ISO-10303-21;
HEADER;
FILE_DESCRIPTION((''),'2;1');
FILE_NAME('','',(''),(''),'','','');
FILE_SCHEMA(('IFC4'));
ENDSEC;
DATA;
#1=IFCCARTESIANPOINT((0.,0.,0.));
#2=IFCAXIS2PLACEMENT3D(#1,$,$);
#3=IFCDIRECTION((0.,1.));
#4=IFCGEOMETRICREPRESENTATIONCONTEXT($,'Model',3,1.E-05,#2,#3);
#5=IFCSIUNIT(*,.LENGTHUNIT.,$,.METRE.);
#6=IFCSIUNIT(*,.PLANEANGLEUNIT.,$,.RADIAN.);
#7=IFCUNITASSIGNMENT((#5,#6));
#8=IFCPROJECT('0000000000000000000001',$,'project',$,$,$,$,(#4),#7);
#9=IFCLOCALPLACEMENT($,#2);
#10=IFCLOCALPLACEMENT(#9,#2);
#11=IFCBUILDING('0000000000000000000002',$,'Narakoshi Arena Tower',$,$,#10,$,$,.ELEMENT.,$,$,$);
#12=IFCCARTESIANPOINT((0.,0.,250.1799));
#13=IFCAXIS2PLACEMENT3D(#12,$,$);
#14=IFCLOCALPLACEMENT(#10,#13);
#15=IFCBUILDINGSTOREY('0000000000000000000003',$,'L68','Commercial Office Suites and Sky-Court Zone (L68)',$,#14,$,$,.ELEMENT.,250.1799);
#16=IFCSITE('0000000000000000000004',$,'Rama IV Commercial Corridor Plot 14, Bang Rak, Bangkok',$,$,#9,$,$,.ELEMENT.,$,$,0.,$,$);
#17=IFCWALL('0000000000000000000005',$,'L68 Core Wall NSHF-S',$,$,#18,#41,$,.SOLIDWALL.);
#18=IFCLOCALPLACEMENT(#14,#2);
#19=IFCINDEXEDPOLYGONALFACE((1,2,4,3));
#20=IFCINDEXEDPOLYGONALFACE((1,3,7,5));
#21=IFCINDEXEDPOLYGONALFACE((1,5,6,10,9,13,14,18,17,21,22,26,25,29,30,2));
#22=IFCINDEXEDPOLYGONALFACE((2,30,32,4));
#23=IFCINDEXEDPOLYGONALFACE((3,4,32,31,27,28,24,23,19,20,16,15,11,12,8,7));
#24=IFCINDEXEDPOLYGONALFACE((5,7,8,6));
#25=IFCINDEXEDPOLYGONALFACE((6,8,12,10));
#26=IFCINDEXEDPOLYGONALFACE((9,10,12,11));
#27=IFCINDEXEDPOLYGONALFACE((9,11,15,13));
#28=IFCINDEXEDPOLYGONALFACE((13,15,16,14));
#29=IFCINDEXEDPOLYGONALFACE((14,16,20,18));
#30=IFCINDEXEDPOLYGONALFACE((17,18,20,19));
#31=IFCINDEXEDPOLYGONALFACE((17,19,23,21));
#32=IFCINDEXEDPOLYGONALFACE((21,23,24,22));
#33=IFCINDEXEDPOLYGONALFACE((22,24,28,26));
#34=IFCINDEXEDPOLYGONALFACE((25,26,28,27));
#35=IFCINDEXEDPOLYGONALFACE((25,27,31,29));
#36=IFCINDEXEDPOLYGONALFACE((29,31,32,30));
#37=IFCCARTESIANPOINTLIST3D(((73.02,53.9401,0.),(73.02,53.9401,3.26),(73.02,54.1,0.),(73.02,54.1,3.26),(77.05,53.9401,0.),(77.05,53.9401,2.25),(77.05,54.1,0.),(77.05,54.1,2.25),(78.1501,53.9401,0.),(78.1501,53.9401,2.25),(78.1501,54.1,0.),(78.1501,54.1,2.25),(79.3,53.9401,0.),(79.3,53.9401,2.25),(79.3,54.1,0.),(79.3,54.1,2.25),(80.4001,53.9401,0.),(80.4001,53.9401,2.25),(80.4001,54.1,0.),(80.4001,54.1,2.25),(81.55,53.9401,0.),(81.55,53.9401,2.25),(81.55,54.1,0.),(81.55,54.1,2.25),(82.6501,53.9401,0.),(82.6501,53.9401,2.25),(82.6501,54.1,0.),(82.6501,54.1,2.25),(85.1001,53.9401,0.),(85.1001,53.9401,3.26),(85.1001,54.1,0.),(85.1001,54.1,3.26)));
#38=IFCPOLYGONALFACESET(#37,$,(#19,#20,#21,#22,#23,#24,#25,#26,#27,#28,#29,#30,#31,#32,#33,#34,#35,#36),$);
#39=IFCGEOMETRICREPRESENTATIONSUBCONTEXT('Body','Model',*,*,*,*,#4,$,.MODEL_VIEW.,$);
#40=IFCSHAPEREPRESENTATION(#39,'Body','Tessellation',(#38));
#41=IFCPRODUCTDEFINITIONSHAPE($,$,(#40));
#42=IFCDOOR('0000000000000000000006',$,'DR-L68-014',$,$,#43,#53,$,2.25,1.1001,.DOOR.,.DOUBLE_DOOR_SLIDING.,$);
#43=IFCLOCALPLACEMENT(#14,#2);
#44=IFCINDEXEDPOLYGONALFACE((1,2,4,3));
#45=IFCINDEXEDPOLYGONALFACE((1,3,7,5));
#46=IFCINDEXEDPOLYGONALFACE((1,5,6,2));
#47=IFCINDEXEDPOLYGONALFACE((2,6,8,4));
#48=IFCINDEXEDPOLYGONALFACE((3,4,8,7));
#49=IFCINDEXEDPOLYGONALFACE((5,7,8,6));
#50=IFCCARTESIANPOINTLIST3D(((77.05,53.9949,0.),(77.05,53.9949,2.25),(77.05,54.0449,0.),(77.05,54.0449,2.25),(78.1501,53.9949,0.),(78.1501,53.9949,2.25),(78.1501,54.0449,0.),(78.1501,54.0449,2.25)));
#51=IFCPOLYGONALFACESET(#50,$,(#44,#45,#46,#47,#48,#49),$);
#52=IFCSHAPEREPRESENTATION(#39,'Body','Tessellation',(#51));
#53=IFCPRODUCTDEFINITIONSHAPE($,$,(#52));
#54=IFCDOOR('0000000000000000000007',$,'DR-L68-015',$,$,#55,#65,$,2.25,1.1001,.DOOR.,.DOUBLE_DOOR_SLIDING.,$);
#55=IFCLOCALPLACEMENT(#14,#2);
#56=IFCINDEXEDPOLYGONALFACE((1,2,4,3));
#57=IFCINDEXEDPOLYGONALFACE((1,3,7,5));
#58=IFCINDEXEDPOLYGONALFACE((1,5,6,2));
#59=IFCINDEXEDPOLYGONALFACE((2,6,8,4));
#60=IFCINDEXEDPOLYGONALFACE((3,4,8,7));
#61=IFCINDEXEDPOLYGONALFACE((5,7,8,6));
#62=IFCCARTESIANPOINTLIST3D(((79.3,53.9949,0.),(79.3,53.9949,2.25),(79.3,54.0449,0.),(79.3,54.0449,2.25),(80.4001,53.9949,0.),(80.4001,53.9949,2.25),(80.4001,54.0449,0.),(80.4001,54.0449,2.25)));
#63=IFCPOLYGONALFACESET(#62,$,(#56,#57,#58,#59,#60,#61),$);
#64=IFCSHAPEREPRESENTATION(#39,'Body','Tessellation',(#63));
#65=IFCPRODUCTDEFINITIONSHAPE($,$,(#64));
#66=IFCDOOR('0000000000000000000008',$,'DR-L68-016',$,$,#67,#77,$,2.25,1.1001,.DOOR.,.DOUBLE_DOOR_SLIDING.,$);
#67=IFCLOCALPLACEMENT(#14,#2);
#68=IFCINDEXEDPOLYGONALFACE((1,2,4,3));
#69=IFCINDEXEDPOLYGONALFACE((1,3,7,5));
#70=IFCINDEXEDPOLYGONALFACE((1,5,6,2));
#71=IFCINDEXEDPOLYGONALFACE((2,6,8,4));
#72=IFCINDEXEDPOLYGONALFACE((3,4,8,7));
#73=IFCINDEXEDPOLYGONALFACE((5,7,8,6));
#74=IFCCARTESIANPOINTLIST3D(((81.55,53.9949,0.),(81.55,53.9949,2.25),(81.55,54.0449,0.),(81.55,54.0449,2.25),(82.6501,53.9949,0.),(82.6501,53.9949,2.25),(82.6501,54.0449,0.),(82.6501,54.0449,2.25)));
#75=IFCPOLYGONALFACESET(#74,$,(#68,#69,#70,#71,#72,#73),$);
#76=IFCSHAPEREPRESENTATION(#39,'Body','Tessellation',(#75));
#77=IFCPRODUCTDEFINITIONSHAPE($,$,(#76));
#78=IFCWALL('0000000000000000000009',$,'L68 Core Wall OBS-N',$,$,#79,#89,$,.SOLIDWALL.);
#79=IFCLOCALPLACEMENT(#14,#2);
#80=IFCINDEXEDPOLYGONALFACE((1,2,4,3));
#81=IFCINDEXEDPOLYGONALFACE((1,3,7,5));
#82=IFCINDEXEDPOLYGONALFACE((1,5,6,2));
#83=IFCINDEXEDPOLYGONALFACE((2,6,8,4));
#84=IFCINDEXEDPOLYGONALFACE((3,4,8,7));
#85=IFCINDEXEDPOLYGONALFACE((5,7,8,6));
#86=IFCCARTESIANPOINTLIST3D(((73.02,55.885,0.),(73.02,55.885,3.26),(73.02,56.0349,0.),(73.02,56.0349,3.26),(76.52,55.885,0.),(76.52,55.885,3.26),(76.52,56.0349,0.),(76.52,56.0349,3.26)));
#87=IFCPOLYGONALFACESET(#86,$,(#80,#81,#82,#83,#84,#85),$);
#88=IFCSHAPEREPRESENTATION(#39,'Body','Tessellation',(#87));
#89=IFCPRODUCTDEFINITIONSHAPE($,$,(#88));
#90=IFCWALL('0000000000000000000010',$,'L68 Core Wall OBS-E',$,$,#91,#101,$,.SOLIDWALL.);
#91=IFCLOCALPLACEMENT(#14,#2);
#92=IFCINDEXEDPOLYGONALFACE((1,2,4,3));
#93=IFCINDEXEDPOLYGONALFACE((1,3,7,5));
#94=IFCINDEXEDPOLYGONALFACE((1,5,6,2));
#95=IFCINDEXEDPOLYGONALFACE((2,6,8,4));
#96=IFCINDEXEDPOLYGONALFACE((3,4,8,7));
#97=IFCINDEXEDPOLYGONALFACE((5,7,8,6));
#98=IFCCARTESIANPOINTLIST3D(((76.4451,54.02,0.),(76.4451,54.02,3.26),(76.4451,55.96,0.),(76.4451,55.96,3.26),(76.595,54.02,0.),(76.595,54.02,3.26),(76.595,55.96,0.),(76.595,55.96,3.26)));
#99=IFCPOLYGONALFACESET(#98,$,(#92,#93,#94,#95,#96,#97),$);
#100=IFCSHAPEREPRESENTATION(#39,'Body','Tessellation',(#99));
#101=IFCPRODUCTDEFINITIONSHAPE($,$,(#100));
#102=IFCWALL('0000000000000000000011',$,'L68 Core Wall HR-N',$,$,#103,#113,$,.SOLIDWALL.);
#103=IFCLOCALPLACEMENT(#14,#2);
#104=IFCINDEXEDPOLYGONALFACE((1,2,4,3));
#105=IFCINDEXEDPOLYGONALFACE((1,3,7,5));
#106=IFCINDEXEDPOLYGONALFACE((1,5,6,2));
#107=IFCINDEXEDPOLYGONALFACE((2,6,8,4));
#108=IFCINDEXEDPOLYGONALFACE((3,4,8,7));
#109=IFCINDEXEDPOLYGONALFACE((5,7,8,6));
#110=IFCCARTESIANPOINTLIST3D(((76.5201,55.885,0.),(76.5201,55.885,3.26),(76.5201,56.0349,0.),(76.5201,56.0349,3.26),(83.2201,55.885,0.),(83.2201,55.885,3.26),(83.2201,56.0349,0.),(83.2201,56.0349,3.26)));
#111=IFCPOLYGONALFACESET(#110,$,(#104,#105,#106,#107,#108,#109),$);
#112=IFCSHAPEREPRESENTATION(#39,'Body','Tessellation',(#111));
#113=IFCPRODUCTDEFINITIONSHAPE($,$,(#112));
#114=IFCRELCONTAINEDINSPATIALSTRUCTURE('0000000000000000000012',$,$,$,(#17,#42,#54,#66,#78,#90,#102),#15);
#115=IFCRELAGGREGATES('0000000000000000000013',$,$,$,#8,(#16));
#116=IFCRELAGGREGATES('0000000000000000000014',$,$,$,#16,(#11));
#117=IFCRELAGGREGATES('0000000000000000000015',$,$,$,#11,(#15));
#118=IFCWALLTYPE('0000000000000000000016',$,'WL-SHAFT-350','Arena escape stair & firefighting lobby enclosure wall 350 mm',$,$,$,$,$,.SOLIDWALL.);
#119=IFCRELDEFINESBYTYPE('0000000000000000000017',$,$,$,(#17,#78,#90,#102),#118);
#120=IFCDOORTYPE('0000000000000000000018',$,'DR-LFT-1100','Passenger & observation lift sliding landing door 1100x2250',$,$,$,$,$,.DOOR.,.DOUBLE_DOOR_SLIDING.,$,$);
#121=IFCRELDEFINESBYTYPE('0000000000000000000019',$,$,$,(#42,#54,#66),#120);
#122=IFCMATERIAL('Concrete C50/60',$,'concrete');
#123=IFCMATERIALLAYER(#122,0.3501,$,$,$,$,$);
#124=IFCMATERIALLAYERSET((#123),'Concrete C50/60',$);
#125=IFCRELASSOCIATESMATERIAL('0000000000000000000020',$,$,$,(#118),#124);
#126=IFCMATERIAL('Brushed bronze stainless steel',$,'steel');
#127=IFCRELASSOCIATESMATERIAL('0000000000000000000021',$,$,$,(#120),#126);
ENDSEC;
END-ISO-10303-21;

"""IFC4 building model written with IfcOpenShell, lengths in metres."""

from ifc_helpers import new_model, si_unit, direction, frame, frame_2d, origin, place, context, subcontext, project, spatial, rectangle, extrude, material, layer, layer_set, type_object, element, fill, save


model = new_model("IFC4")

# Units and contexts
model_context = context("Model", 3, precision=1e-05, world=origin(), true_north=direction((0.0, 1.0)))
body_context = subcontext(model_context, "Body", "Model", "MODEL_VIEW")
ifc_project = project(units=[si_unit("LENGTHUNIT", "METRE"), si_unit("PLANEANGLEUNIT", "RADIAN")], contexts=[model_context])

# Site, building, storey
site_placement = place(None, origin())
site = spatial("IfcSite", under=ifc_project, at=site_placement, Name="Rama IV Commercial Corridor Plot 14, Bang Rak, Bangkok", CompositionType="ELEMENT", RefElevation=0.0)
building_placement = place(site_placement, origin())
building = spatial("IfcBuilding", under=site, at=building_placement, Name="Narakoshi Arena Tower", CompositionType="ELEMENT")
storey_placement = place(building_placement, frame((0.0, 0.0, 250.1799)))
storey = spatial("IfcBuildingStorey", under=building, at=storey_placement, Name="L68", Description="Commercial Office Suites and Sky-Court Zone (L68)", CompositionType="ELEMENT", Elevation=250.1799)

# Shared definitions
ifc_material_1 = material(Name="Concrete C50/60", Category="concrete")
ifc_layer_1 = layer(ifc_material_1, 0.3501)
ifc_layer_set_1 = layer_set([ifc_layer_1], Name="Concrete C50/60")
wall_type_1 = type_object("IfcWallType", Name="WL-SHAFT-350", Description="Arena escape stair & firefighting lobby enclosure wall 350 mm", PredefinedType="SOLIDWALL", material=ifc_layer_set_1)

# Wall, openings, doors
wall_1_placement = place(storey_placement, frame((73.02, 54.02, 0.0), z_axis=(0.0, 0.0, 1.0), x_axis=(1.0, 0.0, 0.0)))
wall_1 = element("IfcWall", 1, at=wall_1_placement, inside=storey, type_object=wall_type_1, Name="L68 Core Wall NSHF-S", PredefinedType="SOLIDWALL", context=body_context, shape_type="SweptSolid", body=[
    extrude(rectangle(XDim=12.0801, YDim=0.1599, at=frame_2d((6.04, 0.0))), origin(), (0.0, 0.0, 1.0), 3.26),
])
opening_1_placement = place(wall_1_placement, frame((4.03, 0.0, 0.0)))
opening_1 = element("IfcOpeningElement", 2, at=opening_1_placement, cuts=wall_1, PredefinedType="OPENING", context=body_context, shape_type="SweptSolid", body=[
    extrude(rectangle(XDim=1.1001, YDim=2.25, at=frame_2d((0.55, 1.125))), frame((0.0, 0.0898, 0.0), z_axis=(0.0, -1.0, 0.0), x_axis=(1.0, 0.0, 0.0)), (0.0, 0.0, 1.0), 0.1799),
])
opening_2_placement = place(wall_1_placement, frame((6.28, 0.0, 0.0)))
opening_2 = element("IfcOpeningElement", 3, at=opening_2_placement, cuts=wall_1, PredefinedType="OPENING", context=body_context, shape_type="SweptSolid", body=[
    extrude(rectangle(XDim=1.1001, YDim=2.25, at=frame_2d((0.55, 1.125))), frame((0.0, 0.0898, 0.0), z_axis=(0.0, -1.0, 0.0), x_axis=(1.0, 0.0, 0.0)), (0.0, 0.0, 1.0), 0.1799),
])
opening_3_placement = place(wall_1_placement, frame((8.53, 0.0, 0.0)))
opening_3 = element("IfcOpeningElement", 4, at=opening_3_placement, cuts=wall_1, PredefinedType="OPENING", context=body_context, shape_type="SweptSolid", body=[
    extrude(rectangle(XDim=1.1001, YDim=2.25, at=frame_2d((0.55, 1.125))), frame((0.0, 0.0898, 0.0), z_axis=(0.0, -1.0, 0.0), x_axis=(1.0, 0.0, 0.0)), (0.0, 0.0, 1.0), 0.1799),
])
ifc_material_2 = material(Name="Brushed bronze stainless steel", Category="steel")
door_type_1 = type_object("IfcDoorType", Name="DR-LFT-1100", Description="Passenger & observation lift sliding landing door 1100x2250", OperationType="DOUBLE_DOOR_SLIDING", PredefinedType="DOOR", material=ifc_material_2)
door_1_placement = place(opening_1_placement, origin())
door_1 = element("IfcDoor", 5, at=door_1_placement, inside=storey, type_object=door_type_1, Name="DR-L68-014", OperationType="DOUBLE_DOOR_SLIDING", OverallHeight=2.25, OverallWidth=1.1001, PredefinedType="DOOR", context=body_context, shape_type="SweptSolid", body=[
    extrude(rectangle(XDim=1.1001, YDim=2.25, at=frame_2d((0.55, 1.125))), frame((0.0, 0.0249, 0.0), z_axis=(0.0, -1.0, 0.0), x_axis=(1.0, 0.0, 0.0)), (0.0, 0.0, 1.0), 0.05),
])
fill(opening_1, door_1)
door_2_placement = place(opening_2_placement, origin())
door_2 = element("IfcDoor", 6, at=door_2_placement, inside=storey, type_object=door_type_1, Name="DR-L68-015", OperationType="DOUBLE_DOOR_SLIDING", OverallHeight=2.25, OverallWidth=1.1001, PredefinedType="DOOR", context=body_context, shape_type="SweptSolid", body=[
    extrude(rectangle(XDim=1.1001, YDim=2.25, at=frame_2d((0.55, 1.125))), frame((0.0, 0.0249, 0.0), z_axis=(0.0, -1.0, 0.0), x_axis=(1.0, 0.0, 0.0)), (0.0, 0.0, 1.0), 0.05),
])
fill(opening_2, door_2)
door_3_placement = place(opening_3_placement, origin())
door_3 = element("IfcDoor", 7, at=door_3_placement, inside=storey, type_object=door_type_1, Name="DR-L68-016", OperationType="DOUBLE_DOOR_SLIDING", OverallHeight=2.25, OverallWidth=1.1001, PredefinedType="DOOR", context=body_context, shape_type="SweptSolid", body=[
    extrude(rectangle(XDim=1.1001, YDim=2.25, at=frame_2d((0.55, 1.125))), frame((0.0, 0.0249, 0.0), z_axis=(0.0, -1.0, 0.0), x_axis=(1.0, 0.0, 0.0)), (0.0, 0.0, 1.0), 0.05),
])
fill(opening_3, door_3)

# Walls
wall_2_placement = place(storey_placement, frame((73.02, 55.96, 0.0), z_axis=(0.0, 0.0, 1.0), x_axis=(1.0, 0.0, 0.0)))
element("IfcWall", 8, at=wall_2_placement, inside=storey, type_object=wall_type_1, Name="L68 Core Wall OBS-N", PredefinedType="SOLIDWALL", context=body_context, shape_type="SweptSolid", body=[
    extrude(rectangle(XDim=3.5, YDim=0.1499, at=frame_2d((1.75, 0.0))), origin(), (0.0, 0.0, 1.0), 3.26),
])
wall_3_placement = place(storey_placement, frame((76.52, 54.02, 0.0), z_axis=(0.0, 0.0, 1.0), x_axis=(0.0, 1.0, 0.0)))
element("IfcWall", 9, at=wall_3_placement, inside=storey, type_object=wall_type_1, Name="L68 Core Wall OBS-E", PredefinedType="SOLIDWALL", context=body_context, shape_type="SweptSolid", body=[
    extrude(rectangle(XDim=1.9399, YDim=0.1499, at=frame_2d((0.97, 0.0))), origin(), (0.0, 0.0, 1.0), 3.26),
])
wall_4_placement = place(storey_placement, frame((76.52, 55.96, 0.0), z_axis=(0.0, 0.0, 1.0), x_axis=(1.0, 0.0, 0.0)))
element("IfcWall", 10, at=wall_4_placement, inside=storey, type_object=wall_type_1, Name="L68 Core Wall HR-N", PredefinedType="SOLIDWALL", context=body_context, shape_type="SweptSolid", body=[
    extrude(rectangle(XDim=6.7, YDim=0.1499, at=frame_2d((3.3501, 0.0))), origin(), (0.0, 0.0, 1.0), 3.26),
])

save(model, "model.ifc")
